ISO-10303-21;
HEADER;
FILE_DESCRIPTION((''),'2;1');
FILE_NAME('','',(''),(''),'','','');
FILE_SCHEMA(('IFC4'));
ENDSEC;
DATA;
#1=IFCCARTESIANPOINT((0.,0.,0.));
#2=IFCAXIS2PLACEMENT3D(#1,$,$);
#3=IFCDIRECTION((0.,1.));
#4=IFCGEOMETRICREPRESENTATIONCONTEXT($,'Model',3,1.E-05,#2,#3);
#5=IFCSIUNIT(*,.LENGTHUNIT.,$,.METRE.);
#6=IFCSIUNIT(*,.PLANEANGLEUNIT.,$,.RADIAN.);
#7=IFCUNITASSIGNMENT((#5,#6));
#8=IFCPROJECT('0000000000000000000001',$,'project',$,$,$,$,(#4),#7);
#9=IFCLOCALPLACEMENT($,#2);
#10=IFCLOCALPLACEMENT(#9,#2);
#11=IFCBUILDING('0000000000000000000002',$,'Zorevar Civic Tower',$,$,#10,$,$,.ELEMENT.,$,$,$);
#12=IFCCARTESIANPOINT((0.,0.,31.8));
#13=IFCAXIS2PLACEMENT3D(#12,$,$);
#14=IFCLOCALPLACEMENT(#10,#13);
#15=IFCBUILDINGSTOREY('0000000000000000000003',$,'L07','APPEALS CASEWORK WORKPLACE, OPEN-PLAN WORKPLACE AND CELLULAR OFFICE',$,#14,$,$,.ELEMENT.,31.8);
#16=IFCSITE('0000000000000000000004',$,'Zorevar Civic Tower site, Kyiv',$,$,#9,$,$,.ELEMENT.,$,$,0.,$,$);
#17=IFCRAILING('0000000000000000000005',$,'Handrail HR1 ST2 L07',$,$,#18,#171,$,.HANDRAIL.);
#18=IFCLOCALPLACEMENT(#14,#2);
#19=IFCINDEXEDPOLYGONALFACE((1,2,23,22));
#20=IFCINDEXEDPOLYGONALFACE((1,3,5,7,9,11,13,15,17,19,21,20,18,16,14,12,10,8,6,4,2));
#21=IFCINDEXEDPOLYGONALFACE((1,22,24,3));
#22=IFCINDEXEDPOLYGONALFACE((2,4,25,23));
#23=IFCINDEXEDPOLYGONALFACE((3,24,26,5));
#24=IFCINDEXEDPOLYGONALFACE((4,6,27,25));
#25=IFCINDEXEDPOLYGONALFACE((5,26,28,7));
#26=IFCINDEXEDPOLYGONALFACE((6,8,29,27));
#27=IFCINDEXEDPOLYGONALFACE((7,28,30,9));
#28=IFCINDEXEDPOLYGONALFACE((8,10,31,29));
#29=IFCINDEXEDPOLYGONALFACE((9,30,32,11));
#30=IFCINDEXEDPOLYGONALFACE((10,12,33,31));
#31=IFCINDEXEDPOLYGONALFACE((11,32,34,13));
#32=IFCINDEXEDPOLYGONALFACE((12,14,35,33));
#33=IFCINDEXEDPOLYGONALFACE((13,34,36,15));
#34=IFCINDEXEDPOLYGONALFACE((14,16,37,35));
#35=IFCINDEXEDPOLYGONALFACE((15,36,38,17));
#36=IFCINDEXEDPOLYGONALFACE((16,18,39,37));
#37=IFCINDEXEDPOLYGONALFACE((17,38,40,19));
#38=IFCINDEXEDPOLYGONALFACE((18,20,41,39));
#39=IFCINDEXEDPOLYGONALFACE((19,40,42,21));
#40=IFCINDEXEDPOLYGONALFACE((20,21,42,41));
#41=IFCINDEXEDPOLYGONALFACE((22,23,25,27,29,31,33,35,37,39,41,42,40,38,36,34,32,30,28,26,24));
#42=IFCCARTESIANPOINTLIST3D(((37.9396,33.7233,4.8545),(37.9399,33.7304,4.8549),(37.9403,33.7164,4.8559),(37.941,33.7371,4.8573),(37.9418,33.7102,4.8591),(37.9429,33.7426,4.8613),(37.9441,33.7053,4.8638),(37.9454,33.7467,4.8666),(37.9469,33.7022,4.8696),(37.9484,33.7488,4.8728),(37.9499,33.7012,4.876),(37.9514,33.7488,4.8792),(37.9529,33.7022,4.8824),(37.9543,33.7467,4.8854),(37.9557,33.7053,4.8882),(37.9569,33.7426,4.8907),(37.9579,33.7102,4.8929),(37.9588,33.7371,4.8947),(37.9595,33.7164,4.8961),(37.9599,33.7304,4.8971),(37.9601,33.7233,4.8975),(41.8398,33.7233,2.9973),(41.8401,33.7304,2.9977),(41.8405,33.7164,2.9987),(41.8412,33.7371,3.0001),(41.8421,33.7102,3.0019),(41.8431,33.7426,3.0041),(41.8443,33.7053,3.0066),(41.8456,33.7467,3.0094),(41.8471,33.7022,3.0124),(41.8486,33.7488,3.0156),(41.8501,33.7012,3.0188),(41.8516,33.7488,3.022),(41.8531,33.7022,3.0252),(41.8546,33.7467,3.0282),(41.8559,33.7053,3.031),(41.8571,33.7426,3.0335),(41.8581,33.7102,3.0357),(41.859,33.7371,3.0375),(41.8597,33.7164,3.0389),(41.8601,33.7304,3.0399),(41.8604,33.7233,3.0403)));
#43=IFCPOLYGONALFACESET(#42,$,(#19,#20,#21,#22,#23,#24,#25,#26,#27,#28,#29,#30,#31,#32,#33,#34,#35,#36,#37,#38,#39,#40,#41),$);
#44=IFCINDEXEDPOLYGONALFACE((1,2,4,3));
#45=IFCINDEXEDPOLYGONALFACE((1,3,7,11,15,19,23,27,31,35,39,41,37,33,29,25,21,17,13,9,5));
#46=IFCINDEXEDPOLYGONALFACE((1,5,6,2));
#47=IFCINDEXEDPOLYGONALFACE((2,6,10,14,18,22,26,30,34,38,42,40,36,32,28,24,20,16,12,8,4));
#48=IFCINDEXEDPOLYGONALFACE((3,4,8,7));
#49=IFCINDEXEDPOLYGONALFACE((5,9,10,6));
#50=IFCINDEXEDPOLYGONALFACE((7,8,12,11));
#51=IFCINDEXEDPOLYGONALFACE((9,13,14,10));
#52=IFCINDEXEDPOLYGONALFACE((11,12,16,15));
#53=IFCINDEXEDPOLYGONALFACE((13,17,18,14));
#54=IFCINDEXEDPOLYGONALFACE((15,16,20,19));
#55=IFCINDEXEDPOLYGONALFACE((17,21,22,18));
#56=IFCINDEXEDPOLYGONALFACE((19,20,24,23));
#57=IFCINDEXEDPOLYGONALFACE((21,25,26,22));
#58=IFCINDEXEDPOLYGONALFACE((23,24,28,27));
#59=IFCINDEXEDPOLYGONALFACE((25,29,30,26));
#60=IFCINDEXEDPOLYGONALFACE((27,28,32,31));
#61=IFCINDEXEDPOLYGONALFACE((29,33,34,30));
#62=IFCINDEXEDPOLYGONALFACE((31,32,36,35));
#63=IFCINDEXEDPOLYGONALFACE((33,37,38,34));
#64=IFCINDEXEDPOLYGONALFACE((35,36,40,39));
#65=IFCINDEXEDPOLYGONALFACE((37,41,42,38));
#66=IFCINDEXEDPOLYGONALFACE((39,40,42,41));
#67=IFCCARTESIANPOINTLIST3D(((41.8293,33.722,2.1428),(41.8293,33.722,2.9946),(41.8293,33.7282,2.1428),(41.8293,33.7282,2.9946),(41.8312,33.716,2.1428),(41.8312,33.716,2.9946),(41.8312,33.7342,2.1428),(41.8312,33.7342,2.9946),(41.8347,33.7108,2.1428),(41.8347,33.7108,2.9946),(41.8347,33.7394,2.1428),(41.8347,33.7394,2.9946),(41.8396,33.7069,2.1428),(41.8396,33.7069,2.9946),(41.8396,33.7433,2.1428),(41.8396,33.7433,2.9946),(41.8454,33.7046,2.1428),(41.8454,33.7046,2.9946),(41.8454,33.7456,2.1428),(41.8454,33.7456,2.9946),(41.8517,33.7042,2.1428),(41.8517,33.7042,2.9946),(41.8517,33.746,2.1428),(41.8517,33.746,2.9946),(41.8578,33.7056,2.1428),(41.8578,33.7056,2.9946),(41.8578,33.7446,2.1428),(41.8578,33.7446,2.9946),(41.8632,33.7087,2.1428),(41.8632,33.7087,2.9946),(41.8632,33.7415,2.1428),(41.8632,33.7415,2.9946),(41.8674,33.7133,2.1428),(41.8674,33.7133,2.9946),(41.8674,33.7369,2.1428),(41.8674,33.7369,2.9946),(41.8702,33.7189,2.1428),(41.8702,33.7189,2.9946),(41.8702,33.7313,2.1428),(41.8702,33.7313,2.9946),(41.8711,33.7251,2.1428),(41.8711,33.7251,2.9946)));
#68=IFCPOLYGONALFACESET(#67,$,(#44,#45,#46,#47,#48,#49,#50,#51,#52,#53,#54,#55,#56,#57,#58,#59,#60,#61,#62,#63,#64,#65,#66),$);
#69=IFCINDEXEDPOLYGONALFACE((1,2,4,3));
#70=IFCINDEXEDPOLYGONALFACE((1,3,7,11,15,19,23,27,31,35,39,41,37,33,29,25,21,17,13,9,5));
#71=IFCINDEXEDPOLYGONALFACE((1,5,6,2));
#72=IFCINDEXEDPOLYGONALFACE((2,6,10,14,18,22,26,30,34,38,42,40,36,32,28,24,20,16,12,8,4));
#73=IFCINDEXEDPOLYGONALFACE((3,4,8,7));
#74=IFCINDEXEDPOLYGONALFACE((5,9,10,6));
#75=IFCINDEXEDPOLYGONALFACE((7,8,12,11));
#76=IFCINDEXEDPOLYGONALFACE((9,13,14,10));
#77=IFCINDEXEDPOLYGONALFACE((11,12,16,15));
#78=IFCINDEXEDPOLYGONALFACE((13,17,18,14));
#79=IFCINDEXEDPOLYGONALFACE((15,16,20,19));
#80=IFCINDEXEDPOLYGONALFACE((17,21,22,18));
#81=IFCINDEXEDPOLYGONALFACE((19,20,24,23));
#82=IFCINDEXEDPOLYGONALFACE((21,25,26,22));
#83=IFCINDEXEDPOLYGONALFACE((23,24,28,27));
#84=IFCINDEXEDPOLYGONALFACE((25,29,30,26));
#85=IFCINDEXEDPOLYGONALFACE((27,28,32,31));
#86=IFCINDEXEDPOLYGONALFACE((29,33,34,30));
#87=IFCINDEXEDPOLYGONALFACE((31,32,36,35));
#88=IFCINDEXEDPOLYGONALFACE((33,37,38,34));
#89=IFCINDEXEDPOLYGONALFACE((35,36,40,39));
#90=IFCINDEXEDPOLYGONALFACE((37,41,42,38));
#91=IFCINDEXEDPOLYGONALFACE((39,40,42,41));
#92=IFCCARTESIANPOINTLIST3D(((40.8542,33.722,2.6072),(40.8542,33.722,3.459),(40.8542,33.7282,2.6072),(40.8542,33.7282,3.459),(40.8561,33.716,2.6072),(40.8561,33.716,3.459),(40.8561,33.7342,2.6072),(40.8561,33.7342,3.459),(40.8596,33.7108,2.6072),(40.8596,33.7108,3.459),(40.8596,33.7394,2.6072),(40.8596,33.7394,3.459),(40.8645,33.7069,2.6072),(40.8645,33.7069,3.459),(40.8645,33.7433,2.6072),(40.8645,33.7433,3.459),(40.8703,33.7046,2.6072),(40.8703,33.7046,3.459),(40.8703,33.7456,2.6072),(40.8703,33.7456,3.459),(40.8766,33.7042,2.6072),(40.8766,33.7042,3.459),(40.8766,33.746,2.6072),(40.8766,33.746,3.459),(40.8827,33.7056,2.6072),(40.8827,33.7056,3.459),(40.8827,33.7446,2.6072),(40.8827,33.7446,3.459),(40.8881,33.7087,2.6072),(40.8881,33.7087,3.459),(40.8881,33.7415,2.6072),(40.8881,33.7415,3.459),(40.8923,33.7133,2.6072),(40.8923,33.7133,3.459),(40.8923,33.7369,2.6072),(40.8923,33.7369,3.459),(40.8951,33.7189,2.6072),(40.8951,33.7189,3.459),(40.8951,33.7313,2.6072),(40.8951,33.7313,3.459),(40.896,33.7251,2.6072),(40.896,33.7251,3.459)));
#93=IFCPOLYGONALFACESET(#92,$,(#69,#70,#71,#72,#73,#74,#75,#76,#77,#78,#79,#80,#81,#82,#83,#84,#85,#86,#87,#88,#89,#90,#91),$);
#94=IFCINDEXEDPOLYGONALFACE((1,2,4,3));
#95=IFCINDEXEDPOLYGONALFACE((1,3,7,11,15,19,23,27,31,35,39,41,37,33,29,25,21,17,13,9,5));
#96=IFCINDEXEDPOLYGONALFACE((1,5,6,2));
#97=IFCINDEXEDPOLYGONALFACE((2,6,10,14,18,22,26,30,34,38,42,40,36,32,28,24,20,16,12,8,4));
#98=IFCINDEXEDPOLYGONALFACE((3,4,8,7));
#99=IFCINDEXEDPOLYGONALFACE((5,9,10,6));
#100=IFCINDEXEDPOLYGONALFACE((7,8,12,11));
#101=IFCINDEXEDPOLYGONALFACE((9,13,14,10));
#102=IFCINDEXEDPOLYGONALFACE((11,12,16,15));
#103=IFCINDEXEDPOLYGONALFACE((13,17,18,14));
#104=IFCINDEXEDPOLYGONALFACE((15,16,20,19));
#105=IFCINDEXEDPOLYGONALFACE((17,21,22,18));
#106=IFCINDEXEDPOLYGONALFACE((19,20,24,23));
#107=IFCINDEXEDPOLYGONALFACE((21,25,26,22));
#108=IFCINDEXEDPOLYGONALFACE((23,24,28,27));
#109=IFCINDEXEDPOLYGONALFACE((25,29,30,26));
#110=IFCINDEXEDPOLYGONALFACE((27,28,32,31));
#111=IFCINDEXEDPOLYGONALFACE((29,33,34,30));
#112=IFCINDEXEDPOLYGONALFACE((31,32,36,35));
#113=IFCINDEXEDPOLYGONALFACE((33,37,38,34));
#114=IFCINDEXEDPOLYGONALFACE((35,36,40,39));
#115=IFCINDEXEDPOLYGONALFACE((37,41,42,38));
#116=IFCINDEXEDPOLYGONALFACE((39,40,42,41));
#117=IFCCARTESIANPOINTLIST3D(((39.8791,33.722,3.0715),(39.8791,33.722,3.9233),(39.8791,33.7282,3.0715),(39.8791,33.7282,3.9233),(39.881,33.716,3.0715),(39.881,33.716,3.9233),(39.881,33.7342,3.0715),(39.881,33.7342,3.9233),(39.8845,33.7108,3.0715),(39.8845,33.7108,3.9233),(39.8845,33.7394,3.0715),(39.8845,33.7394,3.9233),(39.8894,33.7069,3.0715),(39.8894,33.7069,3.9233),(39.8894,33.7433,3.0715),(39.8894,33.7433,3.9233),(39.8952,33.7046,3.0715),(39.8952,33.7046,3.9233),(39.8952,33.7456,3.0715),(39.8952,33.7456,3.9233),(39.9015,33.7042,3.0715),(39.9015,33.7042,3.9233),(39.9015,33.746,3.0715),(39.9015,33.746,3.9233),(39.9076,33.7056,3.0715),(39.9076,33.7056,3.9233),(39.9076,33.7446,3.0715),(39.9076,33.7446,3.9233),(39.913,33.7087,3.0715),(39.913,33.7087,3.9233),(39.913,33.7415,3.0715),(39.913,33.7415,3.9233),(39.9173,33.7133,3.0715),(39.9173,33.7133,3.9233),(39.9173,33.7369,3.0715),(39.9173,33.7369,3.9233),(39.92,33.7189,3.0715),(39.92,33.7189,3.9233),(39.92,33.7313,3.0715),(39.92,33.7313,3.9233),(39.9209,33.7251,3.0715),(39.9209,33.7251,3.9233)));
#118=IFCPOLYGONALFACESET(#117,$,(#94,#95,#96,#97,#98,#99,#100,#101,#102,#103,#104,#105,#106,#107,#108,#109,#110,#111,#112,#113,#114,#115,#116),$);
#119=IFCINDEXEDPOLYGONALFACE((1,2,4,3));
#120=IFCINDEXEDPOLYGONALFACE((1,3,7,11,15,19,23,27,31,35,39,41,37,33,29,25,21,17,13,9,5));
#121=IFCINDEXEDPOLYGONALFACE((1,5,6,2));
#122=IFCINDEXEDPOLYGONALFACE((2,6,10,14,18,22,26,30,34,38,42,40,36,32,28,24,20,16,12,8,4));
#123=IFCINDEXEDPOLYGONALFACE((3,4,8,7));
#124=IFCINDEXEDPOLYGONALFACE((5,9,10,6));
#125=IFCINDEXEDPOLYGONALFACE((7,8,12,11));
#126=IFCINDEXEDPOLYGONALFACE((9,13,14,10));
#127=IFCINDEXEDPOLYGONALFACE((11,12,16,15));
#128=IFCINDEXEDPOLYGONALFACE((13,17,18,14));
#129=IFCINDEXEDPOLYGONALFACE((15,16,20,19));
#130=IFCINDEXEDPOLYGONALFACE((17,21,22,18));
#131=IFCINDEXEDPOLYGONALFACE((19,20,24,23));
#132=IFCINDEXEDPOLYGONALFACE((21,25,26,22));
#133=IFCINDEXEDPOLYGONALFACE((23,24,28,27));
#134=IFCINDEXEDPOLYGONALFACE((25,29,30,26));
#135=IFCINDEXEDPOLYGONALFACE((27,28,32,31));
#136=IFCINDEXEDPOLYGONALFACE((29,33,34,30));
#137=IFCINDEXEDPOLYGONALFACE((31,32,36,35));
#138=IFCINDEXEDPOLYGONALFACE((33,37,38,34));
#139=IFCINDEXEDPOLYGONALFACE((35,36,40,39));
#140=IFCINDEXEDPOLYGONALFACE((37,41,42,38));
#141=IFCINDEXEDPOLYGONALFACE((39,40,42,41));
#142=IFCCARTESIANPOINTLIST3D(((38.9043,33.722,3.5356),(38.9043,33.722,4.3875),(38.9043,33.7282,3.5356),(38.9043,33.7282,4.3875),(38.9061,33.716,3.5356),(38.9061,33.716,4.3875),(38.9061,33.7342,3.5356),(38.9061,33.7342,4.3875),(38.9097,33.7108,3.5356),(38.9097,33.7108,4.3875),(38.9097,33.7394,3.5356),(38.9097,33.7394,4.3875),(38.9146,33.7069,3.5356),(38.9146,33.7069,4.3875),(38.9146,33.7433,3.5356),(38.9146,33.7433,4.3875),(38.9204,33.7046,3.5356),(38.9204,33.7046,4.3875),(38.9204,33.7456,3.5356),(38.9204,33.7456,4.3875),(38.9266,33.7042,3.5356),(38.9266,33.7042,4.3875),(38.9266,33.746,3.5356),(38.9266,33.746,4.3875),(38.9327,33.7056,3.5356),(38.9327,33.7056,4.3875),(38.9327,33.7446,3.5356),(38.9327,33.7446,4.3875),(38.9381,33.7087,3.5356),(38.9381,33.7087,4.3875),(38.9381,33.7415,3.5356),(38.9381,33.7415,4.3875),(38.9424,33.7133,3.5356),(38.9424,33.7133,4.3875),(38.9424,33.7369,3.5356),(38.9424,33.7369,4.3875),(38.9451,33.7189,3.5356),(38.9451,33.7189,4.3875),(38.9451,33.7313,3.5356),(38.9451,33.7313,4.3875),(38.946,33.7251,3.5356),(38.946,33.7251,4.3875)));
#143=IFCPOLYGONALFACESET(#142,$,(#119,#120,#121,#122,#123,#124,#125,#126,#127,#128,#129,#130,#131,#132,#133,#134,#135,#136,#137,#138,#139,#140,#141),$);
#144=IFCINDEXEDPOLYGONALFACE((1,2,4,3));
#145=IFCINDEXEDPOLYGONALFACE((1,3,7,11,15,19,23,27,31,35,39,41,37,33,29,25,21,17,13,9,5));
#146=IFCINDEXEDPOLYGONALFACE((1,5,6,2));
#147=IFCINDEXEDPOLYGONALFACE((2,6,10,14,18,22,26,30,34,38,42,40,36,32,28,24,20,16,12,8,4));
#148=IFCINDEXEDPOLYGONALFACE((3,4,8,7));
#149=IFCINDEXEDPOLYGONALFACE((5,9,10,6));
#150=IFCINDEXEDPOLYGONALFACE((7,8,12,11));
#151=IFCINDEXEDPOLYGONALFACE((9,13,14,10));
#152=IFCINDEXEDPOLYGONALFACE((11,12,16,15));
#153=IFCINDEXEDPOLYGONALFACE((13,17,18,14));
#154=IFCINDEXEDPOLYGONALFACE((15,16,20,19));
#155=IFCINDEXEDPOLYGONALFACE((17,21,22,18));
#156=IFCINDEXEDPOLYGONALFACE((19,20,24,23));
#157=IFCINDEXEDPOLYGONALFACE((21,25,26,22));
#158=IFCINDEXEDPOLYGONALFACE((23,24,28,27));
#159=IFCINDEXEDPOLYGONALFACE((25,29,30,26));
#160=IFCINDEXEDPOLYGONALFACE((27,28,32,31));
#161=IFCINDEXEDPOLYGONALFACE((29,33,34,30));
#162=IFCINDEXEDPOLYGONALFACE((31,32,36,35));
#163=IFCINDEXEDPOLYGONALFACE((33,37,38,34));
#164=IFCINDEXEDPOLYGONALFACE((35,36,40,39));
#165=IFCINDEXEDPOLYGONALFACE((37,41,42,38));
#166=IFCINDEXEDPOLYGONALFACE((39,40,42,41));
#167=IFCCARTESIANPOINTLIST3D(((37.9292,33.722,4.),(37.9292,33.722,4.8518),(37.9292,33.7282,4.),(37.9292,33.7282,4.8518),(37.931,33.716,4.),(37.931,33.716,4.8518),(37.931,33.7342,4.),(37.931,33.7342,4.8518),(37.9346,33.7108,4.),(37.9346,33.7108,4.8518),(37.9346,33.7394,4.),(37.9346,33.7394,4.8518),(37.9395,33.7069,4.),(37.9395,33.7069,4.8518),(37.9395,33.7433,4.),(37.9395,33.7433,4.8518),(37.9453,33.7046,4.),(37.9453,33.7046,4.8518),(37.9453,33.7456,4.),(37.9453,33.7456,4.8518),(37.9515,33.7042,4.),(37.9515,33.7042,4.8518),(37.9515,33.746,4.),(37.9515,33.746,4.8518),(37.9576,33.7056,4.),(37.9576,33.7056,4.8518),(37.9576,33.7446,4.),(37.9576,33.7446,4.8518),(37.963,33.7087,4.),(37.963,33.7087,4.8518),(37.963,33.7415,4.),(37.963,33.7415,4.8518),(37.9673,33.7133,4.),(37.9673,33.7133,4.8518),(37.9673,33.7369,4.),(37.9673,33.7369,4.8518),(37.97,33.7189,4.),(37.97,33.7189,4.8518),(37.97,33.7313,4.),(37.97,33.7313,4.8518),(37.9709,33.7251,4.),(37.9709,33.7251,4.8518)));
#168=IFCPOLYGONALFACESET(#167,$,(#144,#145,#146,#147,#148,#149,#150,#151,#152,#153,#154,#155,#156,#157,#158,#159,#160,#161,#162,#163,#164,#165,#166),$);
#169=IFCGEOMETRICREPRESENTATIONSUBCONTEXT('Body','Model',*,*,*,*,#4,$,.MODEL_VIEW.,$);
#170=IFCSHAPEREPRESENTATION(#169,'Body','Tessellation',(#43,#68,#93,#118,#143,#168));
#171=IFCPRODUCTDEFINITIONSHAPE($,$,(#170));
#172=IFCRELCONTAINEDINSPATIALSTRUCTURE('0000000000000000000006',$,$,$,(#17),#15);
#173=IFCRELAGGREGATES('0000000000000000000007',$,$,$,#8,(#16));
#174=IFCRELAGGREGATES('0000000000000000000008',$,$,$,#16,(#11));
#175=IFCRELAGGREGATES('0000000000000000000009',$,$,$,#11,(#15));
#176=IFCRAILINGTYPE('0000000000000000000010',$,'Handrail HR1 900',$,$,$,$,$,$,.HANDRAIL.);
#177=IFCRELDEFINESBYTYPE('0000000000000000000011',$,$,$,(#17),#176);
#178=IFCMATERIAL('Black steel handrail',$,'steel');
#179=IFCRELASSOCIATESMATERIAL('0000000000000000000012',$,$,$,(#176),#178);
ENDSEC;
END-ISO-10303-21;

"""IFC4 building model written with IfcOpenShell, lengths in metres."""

from ifc_helpers import new_model, si_unit, direction, frame, origin, origin_2d, place, context, subcontext, project, spatial, circle, extrude, material, type_object, element, save


model = new_model("IFC4")

# Units and contexts
model_context = context("Model", 3, precision=1e-05, world=origin(), true_north=direction((0.0, 1.0)))
body_context = subcontext(model_context, "Body", "Model", "MODEL_VIEW")
ifc_project = project(units=[si_unit("LENGTHUNIT", "METRE"), si_unit("PLANEANGLEUNIT", "RADIAN")], contexts=[model_context])

# Site, building, storey
site_placement = place(None, origin())
site = spatial("IfcSite", under=ifc_project, at=site_placement, Name="Zorevar Civic Tower site, Kyiv", CompositionType="ELEMENT", RefElevation=0.0)
building_placement = place(site_placement, origin())
building = spatial("IfcBuilding", under=site, at=building_placement, Name="Zorevar Civic Tower", CompositionType="ELEMENT")
storey_placement = place(building_placement, frame((0.0, 0.0, 31.8)))
storey = spatial("IfcBuildingStorey", under=building, at=storey_placement, Name="L07", Description="APPEALS CASEWORK WORKPLACE, OPEN-PLAN WORKPLACE AND CELLULAR OFFICE", CompositionType="ELEMENT", Elevation=31.8)

# Railing
ifc_material_1 = material(Name="Black steel handrail", Category="steel")
railing_type = type_object("IfcRailingType", Name="Handrail HR1 900", PredefinedType="HANDRAIL", material=ifc_material_1)
railing_1_placement = place(storey_placement, frame((41.8501, 33.7251, 2.1428)))
element("IfcRailing", 1, at=railing_1_placement, inside=storey, type_object=railing_type, Name="Handrail HR1 ST2 L07", PredefinedType="HANDRAIL", context=body_context, shape_type="SweptSolid", body=[
    extrude(circle(Radius=0.0239, at=origin_2d()), frame((0.0, 0.0, 0.876), z_axis=(-0.902864, 0.0, 0.429927), x_axis=(0.0, -1.0, 0.0)), (0.0, 0.0, 1.0), 4.3198),
    extrude(circle(Radius=0.021, at=origin_2d()), origin(), (0.0, 0.0, 1.0), 0.8518),
    extrude(circle(Radius=0.021, at=origin_2d()), frame((-0.9751, 0.0, 0.4644)), (0.0, 0.0, 1.0), 0.8518),
    extrude(circle(Radius=0.021, at=origin_2d()), frame((-1.9502, 0.0, 0.9287)), (0.0, 0.0, 1.0), 0.8518),
    extrude(circle(Radius=0.021, at=origin_2d()), frame((-2.925, 0.0, 1.3928)), (0.0, 0.0, 1.0), 0.8518),
    extrude(circle(Radius=0.021, at=origin_2d()), frame((-3.9001, 0.0, 1.8572)), (0.0, 0.0, 1.0), 0.8518),
])

save(model, "model.ifc")
